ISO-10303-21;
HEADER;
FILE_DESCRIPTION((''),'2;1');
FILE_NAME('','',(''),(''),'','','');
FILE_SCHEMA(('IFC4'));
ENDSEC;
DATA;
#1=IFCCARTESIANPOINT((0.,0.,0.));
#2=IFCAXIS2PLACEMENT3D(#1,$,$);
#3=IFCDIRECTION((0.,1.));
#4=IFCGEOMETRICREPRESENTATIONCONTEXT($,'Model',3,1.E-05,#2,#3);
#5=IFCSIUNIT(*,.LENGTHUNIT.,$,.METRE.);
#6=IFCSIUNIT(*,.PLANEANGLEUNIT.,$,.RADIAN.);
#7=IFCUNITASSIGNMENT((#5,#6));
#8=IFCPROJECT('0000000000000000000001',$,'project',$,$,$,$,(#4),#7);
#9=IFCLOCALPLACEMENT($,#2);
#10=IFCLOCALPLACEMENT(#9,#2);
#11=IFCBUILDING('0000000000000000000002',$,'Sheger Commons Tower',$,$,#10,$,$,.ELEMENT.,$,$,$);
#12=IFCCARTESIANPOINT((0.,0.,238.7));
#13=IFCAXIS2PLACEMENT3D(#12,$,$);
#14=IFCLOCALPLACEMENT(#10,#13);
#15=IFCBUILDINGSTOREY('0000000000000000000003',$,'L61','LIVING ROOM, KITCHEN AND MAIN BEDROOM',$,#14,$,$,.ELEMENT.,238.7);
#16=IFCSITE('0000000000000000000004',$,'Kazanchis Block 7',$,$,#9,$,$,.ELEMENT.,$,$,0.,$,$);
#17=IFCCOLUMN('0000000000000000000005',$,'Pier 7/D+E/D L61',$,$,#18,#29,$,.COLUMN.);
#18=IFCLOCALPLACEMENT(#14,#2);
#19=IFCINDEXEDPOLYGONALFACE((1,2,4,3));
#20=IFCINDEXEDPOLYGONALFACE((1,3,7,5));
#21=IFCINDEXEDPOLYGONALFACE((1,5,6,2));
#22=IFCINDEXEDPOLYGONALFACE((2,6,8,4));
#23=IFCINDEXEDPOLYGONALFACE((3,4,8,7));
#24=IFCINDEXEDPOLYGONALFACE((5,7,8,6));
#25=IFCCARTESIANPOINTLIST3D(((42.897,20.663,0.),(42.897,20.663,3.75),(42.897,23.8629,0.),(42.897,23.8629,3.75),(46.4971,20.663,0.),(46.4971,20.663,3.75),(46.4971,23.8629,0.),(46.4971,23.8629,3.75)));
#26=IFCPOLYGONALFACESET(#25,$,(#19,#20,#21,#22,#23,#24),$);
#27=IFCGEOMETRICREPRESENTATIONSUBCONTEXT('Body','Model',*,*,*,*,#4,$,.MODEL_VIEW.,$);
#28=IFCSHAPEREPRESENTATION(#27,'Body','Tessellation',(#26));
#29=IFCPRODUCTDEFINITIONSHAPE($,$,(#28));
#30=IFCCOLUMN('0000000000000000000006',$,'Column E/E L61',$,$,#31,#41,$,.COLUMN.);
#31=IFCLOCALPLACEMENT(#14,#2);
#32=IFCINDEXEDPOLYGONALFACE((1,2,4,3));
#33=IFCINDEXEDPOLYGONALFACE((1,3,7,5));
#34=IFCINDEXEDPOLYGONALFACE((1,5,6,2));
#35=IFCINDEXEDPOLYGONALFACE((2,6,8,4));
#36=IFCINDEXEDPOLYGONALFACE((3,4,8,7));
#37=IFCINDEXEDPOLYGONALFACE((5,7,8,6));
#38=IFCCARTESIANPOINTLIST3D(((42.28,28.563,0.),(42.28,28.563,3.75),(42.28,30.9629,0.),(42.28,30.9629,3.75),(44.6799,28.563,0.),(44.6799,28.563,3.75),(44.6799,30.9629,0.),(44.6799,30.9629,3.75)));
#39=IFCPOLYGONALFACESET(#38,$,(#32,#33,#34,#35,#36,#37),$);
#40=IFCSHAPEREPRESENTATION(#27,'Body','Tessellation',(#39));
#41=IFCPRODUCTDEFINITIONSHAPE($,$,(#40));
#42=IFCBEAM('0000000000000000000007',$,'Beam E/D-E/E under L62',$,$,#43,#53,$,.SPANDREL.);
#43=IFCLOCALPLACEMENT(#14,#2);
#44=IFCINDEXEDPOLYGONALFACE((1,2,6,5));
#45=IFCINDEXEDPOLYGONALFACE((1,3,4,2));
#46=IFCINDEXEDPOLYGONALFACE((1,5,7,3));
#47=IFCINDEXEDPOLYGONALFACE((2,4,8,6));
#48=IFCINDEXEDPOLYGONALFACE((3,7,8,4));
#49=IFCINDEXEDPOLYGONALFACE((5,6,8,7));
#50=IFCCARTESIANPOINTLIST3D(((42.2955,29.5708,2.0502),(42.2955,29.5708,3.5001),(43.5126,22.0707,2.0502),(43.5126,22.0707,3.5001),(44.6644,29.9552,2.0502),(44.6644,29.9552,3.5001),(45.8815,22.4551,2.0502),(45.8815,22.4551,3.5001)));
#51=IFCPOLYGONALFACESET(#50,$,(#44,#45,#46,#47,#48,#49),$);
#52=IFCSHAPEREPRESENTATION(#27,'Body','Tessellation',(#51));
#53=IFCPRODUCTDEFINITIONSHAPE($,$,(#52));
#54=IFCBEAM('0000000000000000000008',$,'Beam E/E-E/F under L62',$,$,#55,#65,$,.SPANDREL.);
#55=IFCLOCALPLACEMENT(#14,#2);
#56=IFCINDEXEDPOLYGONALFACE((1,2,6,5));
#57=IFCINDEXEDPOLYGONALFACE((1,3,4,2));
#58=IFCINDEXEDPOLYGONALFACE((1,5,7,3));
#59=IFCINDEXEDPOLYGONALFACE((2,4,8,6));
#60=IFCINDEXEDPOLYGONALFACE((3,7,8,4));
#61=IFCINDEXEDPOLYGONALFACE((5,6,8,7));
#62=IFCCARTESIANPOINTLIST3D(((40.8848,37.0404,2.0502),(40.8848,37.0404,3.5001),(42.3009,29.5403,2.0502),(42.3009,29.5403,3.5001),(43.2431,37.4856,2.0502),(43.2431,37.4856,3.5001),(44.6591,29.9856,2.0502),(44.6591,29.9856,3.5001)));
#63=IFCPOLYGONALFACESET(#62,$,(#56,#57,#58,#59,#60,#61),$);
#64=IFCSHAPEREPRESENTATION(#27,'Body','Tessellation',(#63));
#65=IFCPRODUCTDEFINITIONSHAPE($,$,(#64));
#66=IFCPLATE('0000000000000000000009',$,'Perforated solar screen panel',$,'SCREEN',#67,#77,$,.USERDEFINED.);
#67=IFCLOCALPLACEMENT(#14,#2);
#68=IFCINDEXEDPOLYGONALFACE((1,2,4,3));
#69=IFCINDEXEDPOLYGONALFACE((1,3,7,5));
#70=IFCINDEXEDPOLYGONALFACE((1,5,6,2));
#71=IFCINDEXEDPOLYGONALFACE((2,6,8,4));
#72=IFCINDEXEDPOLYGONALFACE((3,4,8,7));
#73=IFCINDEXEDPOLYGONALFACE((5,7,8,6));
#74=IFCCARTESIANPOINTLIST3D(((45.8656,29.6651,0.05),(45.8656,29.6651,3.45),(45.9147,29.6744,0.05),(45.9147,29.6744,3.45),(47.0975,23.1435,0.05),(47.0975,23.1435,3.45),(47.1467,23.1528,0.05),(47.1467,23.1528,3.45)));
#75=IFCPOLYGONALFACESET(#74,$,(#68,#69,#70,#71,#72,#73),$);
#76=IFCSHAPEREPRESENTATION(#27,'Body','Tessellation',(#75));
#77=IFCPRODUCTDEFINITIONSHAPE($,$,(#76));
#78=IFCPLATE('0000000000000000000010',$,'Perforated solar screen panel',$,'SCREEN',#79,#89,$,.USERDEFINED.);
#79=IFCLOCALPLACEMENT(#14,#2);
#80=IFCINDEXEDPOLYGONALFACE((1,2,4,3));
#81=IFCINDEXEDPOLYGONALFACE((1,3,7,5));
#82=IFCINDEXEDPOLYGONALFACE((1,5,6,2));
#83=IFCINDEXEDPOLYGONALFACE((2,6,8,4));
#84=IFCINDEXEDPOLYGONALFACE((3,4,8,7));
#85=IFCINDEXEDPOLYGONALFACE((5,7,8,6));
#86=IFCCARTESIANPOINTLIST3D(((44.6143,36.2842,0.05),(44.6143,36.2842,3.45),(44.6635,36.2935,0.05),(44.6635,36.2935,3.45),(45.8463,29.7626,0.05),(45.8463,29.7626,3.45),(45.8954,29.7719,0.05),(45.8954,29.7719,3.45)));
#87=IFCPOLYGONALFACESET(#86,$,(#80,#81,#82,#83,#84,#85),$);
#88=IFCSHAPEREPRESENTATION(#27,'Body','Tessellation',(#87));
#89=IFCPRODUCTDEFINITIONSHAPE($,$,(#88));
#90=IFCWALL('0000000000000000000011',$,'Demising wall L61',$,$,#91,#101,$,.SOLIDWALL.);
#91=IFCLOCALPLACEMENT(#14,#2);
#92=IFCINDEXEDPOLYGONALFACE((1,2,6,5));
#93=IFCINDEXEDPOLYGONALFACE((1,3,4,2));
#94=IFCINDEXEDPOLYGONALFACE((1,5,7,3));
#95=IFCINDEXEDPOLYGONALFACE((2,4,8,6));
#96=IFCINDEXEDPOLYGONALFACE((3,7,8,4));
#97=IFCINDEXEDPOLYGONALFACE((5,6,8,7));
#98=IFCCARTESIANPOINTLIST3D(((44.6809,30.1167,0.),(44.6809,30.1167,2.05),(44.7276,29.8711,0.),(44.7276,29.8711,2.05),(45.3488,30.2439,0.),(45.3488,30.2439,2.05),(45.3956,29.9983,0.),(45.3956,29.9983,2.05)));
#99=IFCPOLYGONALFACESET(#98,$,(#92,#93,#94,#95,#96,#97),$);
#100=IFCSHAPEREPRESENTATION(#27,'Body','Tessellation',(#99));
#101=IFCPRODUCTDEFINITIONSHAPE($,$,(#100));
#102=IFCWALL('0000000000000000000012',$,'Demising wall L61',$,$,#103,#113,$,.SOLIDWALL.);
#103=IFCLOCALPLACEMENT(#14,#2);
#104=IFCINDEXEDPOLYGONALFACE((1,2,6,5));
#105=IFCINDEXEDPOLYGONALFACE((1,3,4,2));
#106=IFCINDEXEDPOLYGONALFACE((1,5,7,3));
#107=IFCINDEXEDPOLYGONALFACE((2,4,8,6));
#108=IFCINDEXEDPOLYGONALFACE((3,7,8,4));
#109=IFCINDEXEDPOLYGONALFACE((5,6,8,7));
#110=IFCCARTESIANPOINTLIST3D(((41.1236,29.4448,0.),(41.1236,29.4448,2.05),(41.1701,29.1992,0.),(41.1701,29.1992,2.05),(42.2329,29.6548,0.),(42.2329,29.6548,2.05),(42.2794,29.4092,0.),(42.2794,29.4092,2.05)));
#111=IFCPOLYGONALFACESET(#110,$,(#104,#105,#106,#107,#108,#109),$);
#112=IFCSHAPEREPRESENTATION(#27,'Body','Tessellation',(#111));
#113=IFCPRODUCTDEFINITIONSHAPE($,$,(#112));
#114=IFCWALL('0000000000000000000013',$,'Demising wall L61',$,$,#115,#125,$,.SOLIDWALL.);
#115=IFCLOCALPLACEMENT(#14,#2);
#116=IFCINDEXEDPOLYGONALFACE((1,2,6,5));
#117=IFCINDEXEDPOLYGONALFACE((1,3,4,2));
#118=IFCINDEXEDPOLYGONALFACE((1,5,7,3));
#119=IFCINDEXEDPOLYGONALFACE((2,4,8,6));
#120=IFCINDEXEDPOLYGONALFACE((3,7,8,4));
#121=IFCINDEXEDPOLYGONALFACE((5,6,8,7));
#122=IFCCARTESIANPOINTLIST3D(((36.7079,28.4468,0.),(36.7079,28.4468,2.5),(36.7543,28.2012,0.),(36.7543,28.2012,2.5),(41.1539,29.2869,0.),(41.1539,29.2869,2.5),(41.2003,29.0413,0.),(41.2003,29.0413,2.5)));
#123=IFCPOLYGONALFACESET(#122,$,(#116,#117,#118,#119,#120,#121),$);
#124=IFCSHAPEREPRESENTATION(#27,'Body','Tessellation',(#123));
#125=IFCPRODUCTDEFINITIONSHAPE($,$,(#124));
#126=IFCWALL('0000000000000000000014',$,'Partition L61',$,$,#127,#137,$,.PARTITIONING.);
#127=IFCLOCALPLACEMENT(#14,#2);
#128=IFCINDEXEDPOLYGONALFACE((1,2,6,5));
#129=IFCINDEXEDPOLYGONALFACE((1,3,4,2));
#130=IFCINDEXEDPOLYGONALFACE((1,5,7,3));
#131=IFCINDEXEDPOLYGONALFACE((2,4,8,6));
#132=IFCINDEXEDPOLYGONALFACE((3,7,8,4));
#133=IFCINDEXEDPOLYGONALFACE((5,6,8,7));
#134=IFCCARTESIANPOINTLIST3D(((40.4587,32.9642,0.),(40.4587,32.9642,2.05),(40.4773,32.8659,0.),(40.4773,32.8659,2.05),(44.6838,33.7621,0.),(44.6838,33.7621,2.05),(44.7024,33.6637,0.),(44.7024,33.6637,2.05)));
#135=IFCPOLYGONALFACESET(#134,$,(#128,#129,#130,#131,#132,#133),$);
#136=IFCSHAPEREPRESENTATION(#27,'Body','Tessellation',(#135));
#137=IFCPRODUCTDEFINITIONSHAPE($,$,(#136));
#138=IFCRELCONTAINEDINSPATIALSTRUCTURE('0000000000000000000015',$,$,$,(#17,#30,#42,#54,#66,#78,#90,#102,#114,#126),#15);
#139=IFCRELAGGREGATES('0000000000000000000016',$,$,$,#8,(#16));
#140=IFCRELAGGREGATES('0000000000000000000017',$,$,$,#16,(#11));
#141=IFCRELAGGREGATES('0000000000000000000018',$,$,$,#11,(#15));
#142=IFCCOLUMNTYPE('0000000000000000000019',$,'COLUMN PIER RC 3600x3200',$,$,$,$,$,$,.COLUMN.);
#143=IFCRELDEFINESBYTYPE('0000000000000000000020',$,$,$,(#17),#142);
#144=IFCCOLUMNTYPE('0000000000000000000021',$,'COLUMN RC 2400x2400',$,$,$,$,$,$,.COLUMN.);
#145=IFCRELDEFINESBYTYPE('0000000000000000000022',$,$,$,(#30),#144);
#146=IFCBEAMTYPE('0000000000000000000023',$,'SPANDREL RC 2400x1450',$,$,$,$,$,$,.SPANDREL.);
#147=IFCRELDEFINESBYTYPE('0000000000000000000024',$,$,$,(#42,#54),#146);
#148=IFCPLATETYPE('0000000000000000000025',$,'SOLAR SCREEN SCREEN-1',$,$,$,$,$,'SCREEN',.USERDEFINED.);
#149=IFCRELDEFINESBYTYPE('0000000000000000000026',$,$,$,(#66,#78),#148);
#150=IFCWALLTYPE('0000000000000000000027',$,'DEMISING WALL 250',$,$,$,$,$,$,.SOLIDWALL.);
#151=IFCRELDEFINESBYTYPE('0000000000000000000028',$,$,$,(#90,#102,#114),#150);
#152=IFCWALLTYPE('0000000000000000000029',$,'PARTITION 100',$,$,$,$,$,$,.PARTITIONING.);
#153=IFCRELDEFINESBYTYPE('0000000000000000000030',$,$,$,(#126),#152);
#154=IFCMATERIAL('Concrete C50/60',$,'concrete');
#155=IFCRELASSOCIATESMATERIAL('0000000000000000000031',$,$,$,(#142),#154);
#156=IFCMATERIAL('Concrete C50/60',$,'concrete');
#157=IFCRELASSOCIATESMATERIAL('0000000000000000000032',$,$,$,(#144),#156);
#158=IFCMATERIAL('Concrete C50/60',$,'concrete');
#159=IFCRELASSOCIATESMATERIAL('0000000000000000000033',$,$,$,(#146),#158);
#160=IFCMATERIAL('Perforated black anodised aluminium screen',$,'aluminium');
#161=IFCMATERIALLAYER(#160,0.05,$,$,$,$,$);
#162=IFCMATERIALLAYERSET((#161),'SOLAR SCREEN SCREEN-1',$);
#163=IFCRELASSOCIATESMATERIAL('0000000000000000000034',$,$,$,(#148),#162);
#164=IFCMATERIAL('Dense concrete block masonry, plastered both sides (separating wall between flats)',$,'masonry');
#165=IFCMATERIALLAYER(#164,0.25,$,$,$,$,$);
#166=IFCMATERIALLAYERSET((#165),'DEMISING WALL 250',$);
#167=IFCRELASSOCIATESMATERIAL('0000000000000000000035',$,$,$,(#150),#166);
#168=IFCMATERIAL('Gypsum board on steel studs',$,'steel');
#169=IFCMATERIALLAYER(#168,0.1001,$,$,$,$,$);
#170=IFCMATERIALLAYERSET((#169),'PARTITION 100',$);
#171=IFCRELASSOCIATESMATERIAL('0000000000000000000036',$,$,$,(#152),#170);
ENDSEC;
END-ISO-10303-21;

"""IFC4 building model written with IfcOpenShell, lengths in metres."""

from ifc_helpers import new_model, si_unit, direction, frame, frame_2d, origin, origin_2d, place, context, subcontext, project, spatial, rectangle, extrude, material, layer, layer_set, material_profile, profile_set, type_object, element, save


model = new_model("IFC4")

# Units and contexts
model_context = context("Model", 3, precision=1e-05, world=origin(), true_north=direction((0.0, 1.0)))
body_context = subcontext(model_context, "Body", "Model", "MODEL_VIEW")
ifc_project = project(units=[si_unit("LENGTHUNIT", "METRE"), si_unit("PLANEANGLEUNIT", "RADIAN")], contexts=[model_context])

# Site, building, storey
site_placement = place(None, origin())
site = spatial("IfcSite", under=ifc_project, at=site_placement, Name="Kazanchis Block 7", CompositionType="ELEMENT", RefElevation=0.0)
building_placement = place(site_placement, origin())
building = spatial("IfcBuilding", under=site, at=building_placement, Name="Sheger Commons Tower", CompositionType="ELEMENT")
storey_placement = place(building_placement, frame((0.0, 0.0, 238.7)))
storey = spatial("IfcBuildingStorey", under=building, at=storey_placement, Name="L61", Description="LIVING ROOM, KITCHEN AND MAIN BEDROOM", CompositionType="ELEMENT", Elevation=238.7)

# Columns
ifc_material_1 = material(Name="Concrete C50/60", Category="concrete")
ifc_material_profile_1 = material_profile(ifc_material_1, rectangle(XDim=3.6001, YDim=3.2, at=origin_2d()), Name="RC 3600x3200")
ifc_profile_set_1 = profile_set([ifc_material_profile_1], Name="Concrete C50/60")
column_type_1 = type_object("IfcColumnType", Name="COLUMN PIER RC 3600x3200", PredefinedType="COLUMN", material=ifc_profile_set_1)
column_1_placement = place(storey_placement, frame((44.697, 22.2629, 0.0), z_axis=(0.0, 0.0, 1.0), x_axis=(1.0, 0.0, 0.0)))
element("IfcColumn", 1, at=column_1_placement, inside=storey, type_object=column_type_1, Name="Pier 7/D+E/D L61", PredefinedType="COLUMN", context=body_context, shape_type="SweptSolid", body=[
    extrude(rectangle(XDim=3.6001, YDim=3.2, at=origin_2d()), origin(), (0.0, 0.0, 1.0), 3.75),
])
ifc_material_2 = material(Name="Concrete C50/60", Category="concrete")
ifc_material_profile_2 = material_profile(ifc_material_2, rectangle(XDim=2.3999, YDim=2.3999, at=origin_2d()), Name="RC 2400x2400")
ifc_profile_set_2 = profile_set([ifc_material_profile_2], Name="Concrete C50/60")
column_type_2 = type_object("IfcColumnType", Name="COLUMN RC 2400x2400", PredefinedType="COLUMN", material=ifc_profile_set_2)
column_2_placement = place(storey_placement, frame((43.48, 29.7629, 0.0), z_axis=(0.0, 0.0, 1.0), x_axis=(1.0, 0.0, 0.0)))
element("IfcColumn", 2, at=column_2_placement, inside=storey, type_object=column_type_2, Name="Column E/E L61", PredefinedType="COLUMN", context=body_context, shape_type="SweptSolid", body=[
    extrude(rectangle(XDim=2.3999, YDim=2.3999, at=origin_2d()), origin(), (0.0, 0.0, 1.0), 3.75),
])

# Beams
ifc_material_3 = material(Name="Concrete C50/60", Category="concrete")
ifc_material_profile_3 = material_profile(ifc_material_3, rectangle(XDim=2.3999, YDim=1.45, at=origin_2d()), Name="RC 2400x1450")
ifc_profile_set_3 = profile_set([ifc_material_profile_3], Name="Concrete C50/60")
beam_type = type_object("IfcBeamType", Name="SPANDREL RC 2400x1450", PredefinedType="SPANDREL", material=ifc_profile_set_3)
beam_1_placement = place(storey_placement, frame((44.697, 22.2629, 2.7751), z_axis=(-0.160177, 0.987088, 0.0), x_axis=(-0.987088, -0.160177, 0.0)))
element("IfcBeam", 3, at=beam_1_placement, inside=storey, type_object=beam_type, Name="Beam E/D-E/E under L62", PredefinedType="SPANDREL", context=body_context, shape_type="SweptSolid", body=[
    extrude(rectangle(XDim=2.3999, YDim=1.45, at=origin_2d()), origin(), (0.0, 0.0, 1.0), 7.5981),
])
beam_2_placement = place(storey_placement, frame((43.48, 29.7629, 2.7751), z_axis=(-0.185524, 0.98264, 0.0), x_axis=(-0.98264, -0.185524, 0.0)))
element("IfcBeam", 4, at=beam_2_placement, inside=storey, type_object=beam_type, Name="Beam E/E-E/F under L62", PredefinedType="SPANDREL", context=body_context, shape_type="SweptSolid", body=[
    extrude(rectangle(XDim=2.3999, YDim=1.45, at=origin_2d()), origin(), (0.0, 0.0, 1.0), 7.6326),
])

# Plates
ifc_material_4 = material(Name="Perforated black anodised aluminium screen", Category="aluminium")
ifc_layer_1 = layer(ifc_material_4, 0.05)
ifc_layer_set_1 = layer_set([ifc_layer_1], Name="SOLAR SCREEN SCREEN-1")
plate_type = type_object("IfcPlateType", Name="SOLAR SCREEN SCREEN-1", ElementType="SCREEN", PredefinedType="USERDEFINED", material=ifc_layer_set_1)
for number, where, z_axis, x_axis, name in (
    (5, (46.5061, 26.4089, 0.05), (0.0, 0.0, 1.0), (-0.185615, 0.982623, 0.0), "Perforated solar screen panel"),
    (6, (45.2549, 33.0281, 0.05), (0.0, 0.0, 1.0), (-0.185615, 0.982623, 0.0), "Perforated solar screen panel"),
):
    element("IfcPlate", number, at=place(storey_placement, frame(where, z_axis=z_axis, x_axis=x_axis)), inside=storey, type_object=plate_type, Name=name, ObjectType="SCREEN", PredefinedType="USERDEFINED", context=body_context, shape_type="SweptSolid", body=[
        extrude(rectangle(XDim=6.637, YDim=0.05, at=origin_2d()), origin(), (0.0, 0.0, 1.0), 3.3999),
    ])

# Walls
ifc_material_5 = material(Name="Dense concrete block masonry, plastered both sides (separating wall between flats)", Category="masonry")
ifc_layer_2 = layer(ifc_material_5, 0.25)
ifc_layer_set_2 = layer_set([ifc_layer_2], Name="DEMISING WALL 250")
wall_type_1 = type_object("IfcWallType", Name="DEMISING WALL 250", PredefinedType="SOLIDWALL", material=ifc_layer_set_2)
wall_1_placement = place(storey_placement, frame((45.3721, 30.1211, 0.0), z_axis=(0.0, 0.0, 1.0), x_axis=(-0.982348, -0.187063, 0.0)))
element("IfcWall", 7, at=wall_1_placement, inside=storey, type_object=wall_type_1, Name="Demising wall L61", PredefinedType="SOLIDWALL", context=body_context, shape_type="SweptSolid", body=[
    extrude(rectangle(XDim=0.6799, YDim=0.25, at=frame_2d((0.3398, 0.0))), origin(), (0.0, 0.0, 1.0), 2.05),
])
wall_2_placement = place(storey_placement, frame((42.2561, 29.532, 0.0), z_axis=(0.0, 0.0, 1.0), x_axis=(-0.98255, -0.185999, 0.0)))
element("IfcWall", 8, at=wall_2_placement, inside=storey, type_object=wall_type_1, Name="Demising wall L61", PredefinedType="SOLIDWALL", context=body_context, shape_type="SweptSolid", body=[
    extrude(rectangle(XDim=1.1289, YDim=0.25, at=frame_2d((0.5645, 0.0))), origin(), (0.0, 0.0, 1.0), 2.05),
])
wall_3_placement = place(storey_placement, frame((41.177, 29.1641, 0.0), z_axis=(0.0, 0.0, 1.0), x_axis=(-0.982613, -0.185666, 0.0)))
element("IfcWall", 9, at=wall_3_placement, inside=storey, type_object=wall_type_1, Name="Demising wall L61", PredefinedType="SOLIDWALL", context=body_context, shape_type="SweptSolid", body=[
    extrude(rectangle(XDim=4.5247, YDim=0.25, at=frame_2d((2.2622, 0.0))), origin(), (0.0, 0.0, 1.0), 2.5),
])
ifc_material_6 = material(Name="Gypsum board on steel studs", Category="steel")
ifc_layer_3 = layer(ifc_material_6, 0.1001)
ifc_layer_set_3 = layer_set([ifc_layer_3], Name="PARTITION 100")
wall_type_2 = type_object("IfcWallType", Name="PARTITION 100", PredefinedType="PARTITIONING", material=ifc_layer_set_3)
wall_4_placement = place(storey_placement, frame((44.6931, 33.7129, 0.0), z_axis=(0.0, 0.0, 1.0), x_axis=(-0.982634, -0.185557, 0.0)))
element("IfcWall", 10, at=wall_4_placement, inside=storey, type_object=wall_type_2, Name="Partition L61", PredefinedType="PARTITIONING", context=body_context, shape_type="SweptSolid", body=[
    extrude(rectangle(XDim=4.2998, YDim=0.1001, at=frame_2d((2.1499, 0.0))), origin(), (0.0, 0.0, 1.0), 2.05),
])

save(model, "model.ifc")
